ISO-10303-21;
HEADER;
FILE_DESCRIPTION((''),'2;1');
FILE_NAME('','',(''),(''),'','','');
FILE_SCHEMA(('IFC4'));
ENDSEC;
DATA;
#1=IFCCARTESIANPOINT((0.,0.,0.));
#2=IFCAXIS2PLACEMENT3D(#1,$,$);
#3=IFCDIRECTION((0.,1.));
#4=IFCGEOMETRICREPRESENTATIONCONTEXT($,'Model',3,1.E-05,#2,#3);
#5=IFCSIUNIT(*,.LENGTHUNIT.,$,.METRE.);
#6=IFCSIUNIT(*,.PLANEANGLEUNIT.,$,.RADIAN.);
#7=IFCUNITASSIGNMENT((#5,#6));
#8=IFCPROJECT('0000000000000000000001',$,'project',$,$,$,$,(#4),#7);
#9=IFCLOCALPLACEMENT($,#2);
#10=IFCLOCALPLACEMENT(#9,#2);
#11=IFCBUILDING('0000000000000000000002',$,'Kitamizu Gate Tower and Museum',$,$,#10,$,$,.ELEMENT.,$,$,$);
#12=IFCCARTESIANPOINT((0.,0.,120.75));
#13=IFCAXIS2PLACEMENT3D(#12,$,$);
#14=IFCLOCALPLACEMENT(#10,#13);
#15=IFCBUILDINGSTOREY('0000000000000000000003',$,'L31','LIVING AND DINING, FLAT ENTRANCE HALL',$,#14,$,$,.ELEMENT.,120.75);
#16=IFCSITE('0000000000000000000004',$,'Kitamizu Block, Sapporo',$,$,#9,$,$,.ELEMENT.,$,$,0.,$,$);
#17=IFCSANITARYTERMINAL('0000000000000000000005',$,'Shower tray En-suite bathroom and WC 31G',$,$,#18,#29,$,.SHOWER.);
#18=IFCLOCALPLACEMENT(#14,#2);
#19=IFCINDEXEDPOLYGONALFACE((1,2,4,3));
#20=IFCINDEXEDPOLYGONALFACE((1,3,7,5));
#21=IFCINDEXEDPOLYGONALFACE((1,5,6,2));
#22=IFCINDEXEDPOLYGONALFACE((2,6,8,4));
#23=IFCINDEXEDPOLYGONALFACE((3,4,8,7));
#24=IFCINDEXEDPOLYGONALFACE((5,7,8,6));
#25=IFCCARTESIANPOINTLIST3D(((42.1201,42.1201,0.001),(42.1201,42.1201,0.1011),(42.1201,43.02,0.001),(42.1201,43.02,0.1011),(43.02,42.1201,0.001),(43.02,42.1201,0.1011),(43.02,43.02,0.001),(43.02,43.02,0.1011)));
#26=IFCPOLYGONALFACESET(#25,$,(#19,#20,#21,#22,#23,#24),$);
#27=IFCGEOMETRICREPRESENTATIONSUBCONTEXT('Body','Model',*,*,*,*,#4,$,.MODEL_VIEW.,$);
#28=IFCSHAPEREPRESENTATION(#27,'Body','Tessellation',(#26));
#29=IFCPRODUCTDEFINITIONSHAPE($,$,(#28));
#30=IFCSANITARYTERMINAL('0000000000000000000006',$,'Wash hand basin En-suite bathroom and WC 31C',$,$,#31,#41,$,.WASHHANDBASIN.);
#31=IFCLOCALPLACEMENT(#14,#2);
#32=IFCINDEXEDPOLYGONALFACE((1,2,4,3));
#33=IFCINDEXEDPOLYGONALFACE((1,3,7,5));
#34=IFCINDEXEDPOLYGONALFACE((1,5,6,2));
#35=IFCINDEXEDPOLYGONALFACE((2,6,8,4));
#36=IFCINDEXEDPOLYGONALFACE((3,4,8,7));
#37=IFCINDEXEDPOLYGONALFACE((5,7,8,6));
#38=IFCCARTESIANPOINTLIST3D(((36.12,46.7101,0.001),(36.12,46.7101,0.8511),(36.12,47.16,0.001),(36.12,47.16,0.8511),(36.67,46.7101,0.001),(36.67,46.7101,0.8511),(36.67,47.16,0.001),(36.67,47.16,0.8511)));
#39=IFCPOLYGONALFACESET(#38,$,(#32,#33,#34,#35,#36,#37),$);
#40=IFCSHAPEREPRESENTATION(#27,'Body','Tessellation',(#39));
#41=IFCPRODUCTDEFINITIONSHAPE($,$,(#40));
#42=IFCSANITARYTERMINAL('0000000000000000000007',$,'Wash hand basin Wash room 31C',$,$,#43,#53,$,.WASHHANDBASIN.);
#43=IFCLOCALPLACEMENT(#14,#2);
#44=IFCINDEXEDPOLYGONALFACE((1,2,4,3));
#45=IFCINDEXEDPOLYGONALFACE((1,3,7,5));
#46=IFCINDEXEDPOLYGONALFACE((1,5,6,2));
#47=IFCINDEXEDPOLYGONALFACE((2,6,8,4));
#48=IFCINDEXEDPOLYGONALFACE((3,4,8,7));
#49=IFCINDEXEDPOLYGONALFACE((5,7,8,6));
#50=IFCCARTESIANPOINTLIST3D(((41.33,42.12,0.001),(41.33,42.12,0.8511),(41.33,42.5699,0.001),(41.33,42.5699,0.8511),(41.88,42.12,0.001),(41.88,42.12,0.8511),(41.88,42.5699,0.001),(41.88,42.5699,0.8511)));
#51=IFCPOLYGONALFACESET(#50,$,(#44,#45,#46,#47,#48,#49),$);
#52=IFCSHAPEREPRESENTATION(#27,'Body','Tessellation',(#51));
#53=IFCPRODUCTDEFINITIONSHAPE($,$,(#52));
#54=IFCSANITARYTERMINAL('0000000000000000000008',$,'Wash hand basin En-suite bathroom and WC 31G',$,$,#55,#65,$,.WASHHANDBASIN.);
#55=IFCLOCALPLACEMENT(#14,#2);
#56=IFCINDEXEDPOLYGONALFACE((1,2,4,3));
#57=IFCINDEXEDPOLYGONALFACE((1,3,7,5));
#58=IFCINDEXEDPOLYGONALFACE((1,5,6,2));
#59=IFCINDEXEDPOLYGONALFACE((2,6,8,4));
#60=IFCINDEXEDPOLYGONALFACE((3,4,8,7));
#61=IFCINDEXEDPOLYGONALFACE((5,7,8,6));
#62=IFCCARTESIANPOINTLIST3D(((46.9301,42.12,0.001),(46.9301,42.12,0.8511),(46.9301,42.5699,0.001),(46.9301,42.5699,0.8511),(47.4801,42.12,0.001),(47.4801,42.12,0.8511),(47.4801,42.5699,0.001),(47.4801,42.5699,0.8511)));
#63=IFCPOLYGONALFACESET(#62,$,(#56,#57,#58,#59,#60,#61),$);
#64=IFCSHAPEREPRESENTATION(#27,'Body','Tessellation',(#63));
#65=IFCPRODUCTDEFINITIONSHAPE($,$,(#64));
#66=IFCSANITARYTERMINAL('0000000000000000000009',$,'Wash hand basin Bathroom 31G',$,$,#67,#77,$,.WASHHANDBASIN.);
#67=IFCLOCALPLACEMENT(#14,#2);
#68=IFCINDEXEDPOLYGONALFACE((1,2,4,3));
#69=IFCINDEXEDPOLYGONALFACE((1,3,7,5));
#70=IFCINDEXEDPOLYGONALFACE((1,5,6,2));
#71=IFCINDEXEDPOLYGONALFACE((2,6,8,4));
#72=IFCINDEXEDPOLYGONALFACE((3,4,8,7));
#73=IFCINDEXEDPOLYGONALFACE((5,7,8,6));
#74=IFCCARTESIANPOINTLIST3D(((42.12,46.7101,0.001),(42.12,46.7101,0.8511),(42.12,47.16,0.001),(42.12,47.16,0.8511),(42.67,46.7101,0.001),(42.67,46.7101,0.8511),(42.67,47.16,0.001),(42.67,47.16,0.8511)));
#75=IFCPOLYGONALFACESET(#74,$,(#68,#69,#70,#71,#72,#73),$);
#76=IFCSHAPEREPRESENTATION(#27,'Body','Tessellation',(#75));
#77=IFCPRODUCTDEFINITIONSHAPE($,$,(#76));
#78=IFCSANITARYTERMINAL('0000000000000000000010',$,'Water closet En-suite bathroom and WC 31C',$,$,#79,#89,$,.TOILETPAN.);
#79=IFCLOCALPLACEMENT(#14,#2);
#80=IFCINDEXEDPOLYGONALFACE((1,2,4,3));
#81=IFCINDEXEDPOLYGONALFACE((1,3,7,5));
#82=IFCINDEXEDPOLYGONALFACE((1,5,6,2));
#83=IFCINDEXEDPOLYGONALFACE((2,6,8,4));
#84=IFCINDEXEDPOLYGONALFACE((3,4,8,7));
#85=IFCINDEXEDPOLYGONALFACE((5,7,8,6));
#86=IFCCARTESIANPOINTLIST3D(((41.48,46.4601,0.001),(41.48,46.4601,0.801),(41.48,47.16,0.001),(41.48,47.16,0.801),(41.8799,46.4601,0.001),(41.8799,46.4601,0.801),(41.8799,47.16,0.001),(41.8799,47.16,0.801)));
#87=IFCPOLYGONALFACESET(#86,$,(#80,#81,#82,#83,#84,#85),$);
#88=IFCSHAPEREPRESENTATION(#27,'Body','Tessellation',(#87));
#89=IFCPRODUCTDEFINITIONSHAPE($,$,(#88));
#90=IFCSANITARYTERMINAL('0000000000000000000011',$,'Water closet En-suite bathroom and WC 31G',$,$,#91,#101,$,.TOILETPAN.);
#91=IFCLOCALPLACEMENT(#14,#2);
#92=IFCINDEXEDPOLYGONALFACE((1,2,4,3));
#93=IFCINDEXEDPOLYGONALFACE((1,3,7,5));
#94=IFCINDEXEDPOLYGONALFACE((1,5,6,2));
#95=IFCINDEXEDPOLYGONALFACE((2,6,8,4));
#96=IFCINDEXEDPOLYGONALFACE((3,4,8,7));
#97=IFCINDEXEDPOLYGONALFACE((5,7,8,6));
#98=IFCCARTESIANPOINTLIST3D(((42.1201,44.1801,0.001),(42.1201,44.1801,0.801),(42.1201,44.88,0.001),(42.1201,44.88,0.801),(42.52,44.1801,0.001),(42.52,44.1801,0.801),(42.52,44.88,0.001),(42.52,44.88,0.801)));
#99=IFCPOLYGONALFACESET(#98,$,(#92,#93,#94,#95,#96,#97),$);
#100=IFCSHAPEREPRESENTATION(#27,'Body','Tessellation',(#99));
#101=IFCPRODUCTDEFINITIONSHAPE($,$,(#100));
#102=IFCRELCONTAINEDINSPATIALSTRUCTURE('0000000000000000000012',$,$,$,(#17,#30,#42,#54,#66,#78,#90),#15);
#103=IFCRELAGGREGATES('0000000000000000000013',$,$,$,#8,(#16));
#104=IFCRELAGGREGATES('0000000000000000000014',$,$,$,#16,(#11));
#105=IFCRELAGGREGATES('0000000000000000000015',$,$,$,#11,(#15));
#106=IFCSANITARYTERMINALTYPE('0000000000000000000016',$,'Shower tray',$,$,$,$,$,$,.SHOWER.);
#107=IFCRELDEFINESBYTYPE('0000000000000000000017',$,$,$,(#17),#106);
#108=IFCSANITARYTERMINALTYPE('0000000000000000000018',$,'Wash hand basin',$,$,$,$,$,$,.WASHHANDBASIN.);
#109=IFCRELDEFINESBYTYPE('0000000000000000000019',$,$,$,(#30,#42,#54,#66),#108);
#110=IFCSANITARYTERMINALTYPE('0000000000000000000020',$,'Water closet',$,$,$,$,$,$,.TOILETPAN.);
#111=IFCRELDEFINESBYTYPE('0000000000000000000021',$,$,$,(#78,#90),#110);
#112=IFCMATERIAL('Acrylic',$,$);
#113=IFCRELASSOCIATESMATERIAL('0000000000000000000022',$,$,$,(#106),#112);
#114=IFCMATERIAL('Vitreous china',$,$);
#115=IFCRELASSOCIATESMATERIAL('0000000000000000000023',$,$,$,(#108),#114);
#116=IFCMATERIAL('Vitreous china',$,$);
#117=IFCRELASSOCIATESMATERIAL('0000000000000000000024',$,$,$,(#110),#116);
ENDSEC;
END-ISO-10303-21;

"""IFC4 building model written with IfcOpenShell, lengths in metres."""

from ifc_helpers import new_model, si_unit, direction, frame, origin, origin_2d, place, context, subcontext, project, spatial, rectangle, extrude, material, type_object, element, save


model = new_model("IFC4")

# Units and contexts
model_context = context("Model", 3, precision=1e-05, world=origin(), true_north=direction((0.0, 1.0)))
body_context = subcontext(model_context, "Body", "Model", "MODEL_VIEW")
ifc_project = project(units=[si_unit("LENGTHUNIT", "METRE"), si_unit("PLANEANGLEUNIT", "RADIAN")], contexts=[model_context])

# Site, building, storey
site_placement = place(None, origin())
site = spatial("IfcSite", under=ifc_project, at=site_placement, Name="Kitamizu Block, Sapporo", CompositionType="ELEMENT", RefElevation=0.0)
building_placement = place(site_placement, origin())
building = spatial("IfcBuilding", under=site, at=building_placement, Name="Kitamizu Gate Tower and Museum", CompositionType="ELEMENT")
storey_placement = place(building_placement, frame((0.0, 0.0, 120.75)))
storey = spatial("IfcBuildingStorey", under=building, at=storey_placement, Name="L31", Description="LIVING AND DINING, FLAT ENTRANCE HALL", CompositionType="ELEMENT", Elevation=120.75)

# Sanitary terminals
ifc_material_1 = material(Name="Acrylic")
sanitary_terminal_type_1 = type_object("IfcSanitaryTerminalType", Name="Shower tray", PredefinedType="SHOWER", material=ifc_material_1)
for number, where, z_axis, x_axis, name in (
    (1, (42.5701, 42.5701, 0.001), (0.0, 0.0, 1.0), (1.0, 0.0, 0.0), "Shower tray En-suite bathroom and WC 31G"),
):
    element("IfcSanitaryTerminal", number, at=place(storey_placement, frame(where, z_axis=z_axis, x_axis=x_axis)), inside=storey, type_object=sanitary_terminal_type_1, Name=name, PredefinedType="SHOWER", context=body_context, shape_type="SweptSolid", body=[
        extrude(rectangle(XDim=0.8999, YDim=0.8999, at=origin_2d()), origin(), (0.0, 0.0, 1.0), 0.1001),
    ])
ifc_material_2 = material(Name="Vitreous china")
sanitary_terminal_type_2 = type_object("IfcSanitaryTerminalType", Name="Wash hand basin", PredefinedType="WASHHANDBASIN", material=ifc_material_2)
for number, where, z_axis, x_axis, name in (
    (2, (36.395, 46.9351, 0.001), (0.0, 0.0, 1.0), (1.0, 0.0, 0.0), "Wash hand basin En-suite bathroom and WC 31C"),
    (3, (41.605, 42.345, 0.001), (0.0, 0.0, 1.0), (1.0, 0.0, 0.0), "Wash hand basin Wash room 31C"),
    (4, (47.2051, 42.345, 0.001), (0.0, 0.0, 1.0), (1.0, 0.0, 0.0), "Wash hand basin En-suite bathroom and WC 31G"),
    (5, (42.395, 46.9351, 0.001), (0.0, 0.0, 1.0), (1.0, 0.0, 0.0), "Wash hand basin Bathroom 31G"),
):
    element("IfcSanitaryTerminal", number, at=place(storey_placement, frame(where, z_axis=z_axis, x_axis=x_axis)), inside=storey, type_object=sanitary_terminal_type_2, Name=name, PredefinedType="WASHHANDBASIN", context=body_context, shape_type="SweptSolid", body=[
        extrude(rectangle(XDim=0.55, YDim=0.45, at=origin_2d()), origin(), (0.0, 0.0, 1.0), 0.8501),
    ])
ifc_material_3 = material(Name="Vitreous china")
sanitary_terminal_type_3 = type_object("IfcSanitaryTerminalType", Name="Water closet", PredefinedType="TOILETPAN", material=ifc_material_3)
for number, where, z_axis, x_axis, name in (
    (6, (41.6799, 46.8101, 0.001), (0.0, 0.0, 1.0), (1.0, 0.0, 0.0), "Water closet En-suite bathroom and WC 31C"),
    (7, (42.3201, 44.53, 0.001), (0.0, 0.0, 1.0), (1.0, 0.0, 0.0), "Water closet En-suite bathroom and WC 31G"),
):
    element("IfcSanitaryTerminal", number, at=place(storey_placement, frame(where, z_axis=z_axis, x_axis=x_axis)), inside=storey, type_object=sanitary_terminal_type_3, Name=name, PredefinedType="TOILETPAN", context=body_context, shape_type="SweptSolid", body=[
        extrude(rectangle(XDim=0.3999, YDim=0.7, at=origin_2d()), origin(), (0.0, 0.0, 1.0), 0.8),
    ])

save(model, "model.ifc")
